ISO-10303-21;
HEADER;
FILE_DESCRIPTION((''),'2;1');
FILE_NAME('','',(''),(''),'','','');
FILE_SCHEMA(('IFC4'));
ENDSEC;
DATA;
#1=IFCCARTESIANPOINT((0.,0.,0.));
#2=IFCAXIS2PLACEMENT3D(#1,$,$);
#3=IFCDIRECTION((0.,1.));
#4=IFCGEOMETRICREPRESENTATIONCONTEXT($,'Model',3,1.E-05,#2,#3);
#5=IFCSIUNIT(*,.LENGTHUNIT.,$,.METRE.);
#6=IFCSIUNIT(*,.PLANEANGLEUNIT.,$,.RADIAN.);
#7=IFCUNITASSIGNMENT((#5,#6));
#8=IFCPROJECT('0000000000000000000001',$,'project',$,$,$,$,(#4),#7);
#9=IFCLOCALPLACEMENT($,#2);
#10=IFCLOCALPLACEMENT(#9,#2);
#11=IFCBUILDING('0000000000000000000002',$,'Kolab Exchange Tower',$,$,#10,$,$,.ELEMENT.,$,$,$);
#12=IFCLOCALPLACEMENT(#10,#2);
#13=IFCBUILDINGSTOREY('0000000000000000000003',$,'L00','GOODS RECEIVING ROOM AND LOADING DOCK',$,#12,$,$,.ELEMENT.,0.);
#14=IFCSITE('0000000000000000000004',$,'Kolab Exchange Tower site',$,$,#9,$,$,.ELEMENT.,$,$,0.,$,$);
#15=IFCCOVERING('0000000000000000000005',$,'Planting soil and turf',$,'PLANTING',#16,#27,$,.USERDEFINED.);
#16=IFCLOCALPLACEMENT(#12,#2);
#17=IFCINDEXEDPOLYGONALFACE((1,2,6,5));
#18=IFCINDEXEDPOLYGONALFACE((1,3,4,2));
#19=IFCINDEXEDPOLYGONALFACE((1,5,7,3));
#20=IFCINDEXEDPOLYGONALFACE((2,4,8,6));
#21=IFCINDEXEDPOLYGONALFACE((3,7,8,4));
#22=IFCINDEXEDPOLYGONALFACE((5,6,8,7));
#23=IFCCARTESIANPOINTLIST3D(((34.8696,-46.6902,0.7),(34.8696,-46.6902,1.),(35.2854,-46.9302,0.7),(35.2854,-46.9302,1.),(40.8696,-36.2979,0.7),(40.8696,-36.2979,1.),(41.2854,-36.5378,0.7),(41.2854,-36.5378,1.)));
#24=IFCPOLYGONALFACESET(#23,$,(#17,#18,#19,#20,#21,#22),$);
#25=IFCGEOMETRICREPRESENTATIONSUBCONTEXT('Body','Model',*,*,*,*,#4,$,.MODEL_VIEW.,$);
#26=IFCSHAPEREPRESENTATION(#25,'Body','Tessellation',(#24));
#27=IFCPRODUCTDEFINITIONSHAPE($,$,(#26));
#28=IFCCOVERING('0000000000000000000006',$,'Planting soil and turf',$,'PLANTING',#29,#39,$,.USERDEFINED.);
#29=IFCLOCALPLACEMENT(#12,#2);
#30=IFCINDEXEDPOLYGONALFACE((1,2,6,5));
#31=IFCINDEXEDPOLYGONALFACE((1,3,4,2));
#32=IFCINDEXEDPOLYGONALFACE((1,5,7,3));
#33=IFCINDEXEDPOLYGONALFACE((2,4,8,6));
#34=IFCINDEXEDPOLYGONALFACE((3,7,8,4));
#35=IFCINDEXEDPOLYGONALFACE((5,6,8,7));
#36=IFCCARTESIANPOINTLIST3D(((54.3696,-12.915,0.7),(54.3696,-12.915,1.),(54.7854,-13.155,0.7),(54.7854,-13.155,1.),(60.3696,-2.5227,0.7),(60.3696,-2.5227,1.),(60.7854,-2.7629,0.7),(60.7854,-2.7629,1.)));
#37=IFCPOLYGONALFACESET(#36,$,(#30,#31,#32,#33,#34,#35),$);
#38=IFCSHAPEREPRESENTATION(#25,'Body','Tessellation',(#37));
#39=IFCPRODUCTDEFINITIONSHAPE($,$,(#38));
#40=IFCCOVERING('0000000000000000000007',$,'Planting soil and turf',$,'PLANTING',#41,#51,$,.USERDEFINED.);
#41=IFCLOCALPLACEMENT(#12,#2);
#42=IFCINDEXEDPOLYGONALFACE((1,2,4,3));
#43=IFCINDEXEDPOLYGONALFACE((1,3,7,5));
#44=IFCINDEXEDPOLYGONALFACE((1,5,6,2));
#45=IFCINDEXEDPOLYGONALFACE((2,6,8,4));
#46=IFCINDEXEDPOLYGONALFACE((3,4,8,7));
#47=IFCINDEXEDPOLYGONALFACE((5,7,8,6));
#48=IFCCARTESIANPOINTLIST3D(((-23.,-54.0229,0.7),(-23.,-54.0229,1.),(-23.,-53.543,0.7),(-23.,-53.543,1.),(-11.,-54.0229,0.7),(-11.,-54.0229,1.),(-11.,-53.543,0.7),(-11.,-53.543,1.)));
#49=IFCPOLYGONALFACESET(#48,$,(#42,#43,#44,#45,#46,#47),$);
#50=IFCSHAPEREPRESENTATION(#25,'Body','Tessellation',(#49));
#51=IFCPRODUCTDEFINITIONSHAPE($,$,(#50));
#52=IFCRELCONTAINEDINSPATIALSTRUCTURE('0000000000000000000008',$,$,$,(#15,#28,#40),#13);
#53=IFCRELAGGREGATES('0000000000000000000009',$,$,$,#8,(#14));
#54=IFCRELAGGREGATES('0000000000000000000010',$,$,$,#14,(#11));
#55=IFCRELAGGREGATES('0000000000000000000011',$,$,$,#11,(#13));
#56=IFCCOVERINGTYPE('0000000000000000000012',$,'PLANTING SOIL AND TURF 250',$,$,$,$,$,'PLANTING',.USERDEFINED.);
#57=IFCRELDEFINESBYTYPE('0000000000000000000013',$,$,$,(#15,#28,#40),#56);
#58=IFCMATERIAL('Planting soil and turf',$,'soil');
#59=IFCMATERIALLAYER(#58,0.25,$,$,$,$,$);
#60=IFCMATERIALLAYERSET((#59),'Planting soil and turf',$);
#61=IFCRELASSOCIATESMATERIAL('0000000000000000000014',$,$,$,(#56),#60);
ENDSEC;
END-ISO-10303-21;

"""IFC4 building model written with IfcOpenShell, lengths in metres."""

from ifc_helpers import new_model, si_unit, direction, frame, origin, place, context, subcontext, project, spatial, polyline, outline, extrude, material, layer, layer_set, type_object, element, save


model = new_model("IFC4")

# Units and contexts
model_context = context("Model", 3, precision=1e-05, world=origin(), true_north=direction((0.0, 1.0)))
body_context = subcontext(model_context, "Body", "Model", "MODEL_VIEW")
ifc_project = project(units=[si_unit("LENGTHUNIT", "METRE"), si_unit("PLANEANGLEUNIT", "RADIAN")], contexts=[model_context])

# Site, building, storey
site_placement = place(None, origin())
site = spatial("IfcSite", under=ifc_project, at=site_placement, Name="Kolab Exchange Tower site", CompositionType="ELEMENT", RefElevation=0.0)
building_placement = place(site_placement, origin())
building = spatial("IfcBuilding", under=site, at=building_placement, Name="Kolab Exchange Tower", CompositionType="ELEMENT")
storey_placement = place(building_placement, origin())
storey = spatial("IfcBuildingStorey", under=building, at=storey_placement, Name="L00", Description="GOODS RECEIVING ROOM AND LOADING DOCK", CompositionType="ELEMENT", Elevation=0.0)

# Coverings
ifc_material_1 = material(Name="Planting soil and turf", Category="soil")
ifc_layer_1 = layer(ifc_material_1, 0.25)
ifc_layer_set_1 = layer_set([ifc_layer_1], Name="Planting soil and turf")
covering_type = type_object("IfcCoveringType", Name="PLANTING SOIL AND TURF 250", ElementType="PLANTING", PredefinedType="USERDEFINED", material=ifc_layer_set_1)
covering_1_placement = place(storey_placement, frame((0.0, 0.0, 0.7)))
element("IfcCovering", 1, at=covering_1_placement, inside=storey, type_object=covering_type, Name="Planting soil and turf", ObjectType="PLANTING", PredefinedType="USERDEFINED", context=body_context, shape_type="SweptSolid", body=[
    extrude(outline(polyline([(35.2854, -46.9302), (34.8696, -46.6902), (40.8696, -36.2979), (41.2854, -36.5378), (35.2854, -46.9302)])), origin(), (0.0, 0.0, 1.0), 0.3),
])
covering_2_placement = place(storey_placement, frame((0.0, 0.0, 0.7)))
element("IfcCovering", 2, at=covering_2_placement, inside=storey, type_object=covering_type, Name="Planting soil and turf", ObjectType="PLANTING", PredefinedType="USERDEFINED", context=body_context, shape_type="SweptSolid", body=[
    extrude(outline(polyline([(54.7854, -13.155), (54.3696, -12.915), (60.3696, -2.5227), (60.7854, -2.7629), (54.7854, -13.155)])), origin(), (0.0, 0.0, 1.0), 0.3),
])
covering_3_placement = place(storey_placement, frame((0.0, 0.0, 0.7)))
element("IfcCovering", 3, at=covering_3_placement, inside=storey, type_object=covering_type, Name="Planting soil and turf", ObjectType="PLANTING", PredefinedType="USERDEFINED", context=body_context, shape_type="SweptSolid", body=[
    extrude(outline(polyline([(-23.0, -54.0229), (-23.0, -53.543), (-11.0, -53.543), (-11.0, -54.0229), (-23.0, -54.0229)])), origin(), (0.0, 0.0, 1.0), 0.3),
])

save(model, "model.ifc")
